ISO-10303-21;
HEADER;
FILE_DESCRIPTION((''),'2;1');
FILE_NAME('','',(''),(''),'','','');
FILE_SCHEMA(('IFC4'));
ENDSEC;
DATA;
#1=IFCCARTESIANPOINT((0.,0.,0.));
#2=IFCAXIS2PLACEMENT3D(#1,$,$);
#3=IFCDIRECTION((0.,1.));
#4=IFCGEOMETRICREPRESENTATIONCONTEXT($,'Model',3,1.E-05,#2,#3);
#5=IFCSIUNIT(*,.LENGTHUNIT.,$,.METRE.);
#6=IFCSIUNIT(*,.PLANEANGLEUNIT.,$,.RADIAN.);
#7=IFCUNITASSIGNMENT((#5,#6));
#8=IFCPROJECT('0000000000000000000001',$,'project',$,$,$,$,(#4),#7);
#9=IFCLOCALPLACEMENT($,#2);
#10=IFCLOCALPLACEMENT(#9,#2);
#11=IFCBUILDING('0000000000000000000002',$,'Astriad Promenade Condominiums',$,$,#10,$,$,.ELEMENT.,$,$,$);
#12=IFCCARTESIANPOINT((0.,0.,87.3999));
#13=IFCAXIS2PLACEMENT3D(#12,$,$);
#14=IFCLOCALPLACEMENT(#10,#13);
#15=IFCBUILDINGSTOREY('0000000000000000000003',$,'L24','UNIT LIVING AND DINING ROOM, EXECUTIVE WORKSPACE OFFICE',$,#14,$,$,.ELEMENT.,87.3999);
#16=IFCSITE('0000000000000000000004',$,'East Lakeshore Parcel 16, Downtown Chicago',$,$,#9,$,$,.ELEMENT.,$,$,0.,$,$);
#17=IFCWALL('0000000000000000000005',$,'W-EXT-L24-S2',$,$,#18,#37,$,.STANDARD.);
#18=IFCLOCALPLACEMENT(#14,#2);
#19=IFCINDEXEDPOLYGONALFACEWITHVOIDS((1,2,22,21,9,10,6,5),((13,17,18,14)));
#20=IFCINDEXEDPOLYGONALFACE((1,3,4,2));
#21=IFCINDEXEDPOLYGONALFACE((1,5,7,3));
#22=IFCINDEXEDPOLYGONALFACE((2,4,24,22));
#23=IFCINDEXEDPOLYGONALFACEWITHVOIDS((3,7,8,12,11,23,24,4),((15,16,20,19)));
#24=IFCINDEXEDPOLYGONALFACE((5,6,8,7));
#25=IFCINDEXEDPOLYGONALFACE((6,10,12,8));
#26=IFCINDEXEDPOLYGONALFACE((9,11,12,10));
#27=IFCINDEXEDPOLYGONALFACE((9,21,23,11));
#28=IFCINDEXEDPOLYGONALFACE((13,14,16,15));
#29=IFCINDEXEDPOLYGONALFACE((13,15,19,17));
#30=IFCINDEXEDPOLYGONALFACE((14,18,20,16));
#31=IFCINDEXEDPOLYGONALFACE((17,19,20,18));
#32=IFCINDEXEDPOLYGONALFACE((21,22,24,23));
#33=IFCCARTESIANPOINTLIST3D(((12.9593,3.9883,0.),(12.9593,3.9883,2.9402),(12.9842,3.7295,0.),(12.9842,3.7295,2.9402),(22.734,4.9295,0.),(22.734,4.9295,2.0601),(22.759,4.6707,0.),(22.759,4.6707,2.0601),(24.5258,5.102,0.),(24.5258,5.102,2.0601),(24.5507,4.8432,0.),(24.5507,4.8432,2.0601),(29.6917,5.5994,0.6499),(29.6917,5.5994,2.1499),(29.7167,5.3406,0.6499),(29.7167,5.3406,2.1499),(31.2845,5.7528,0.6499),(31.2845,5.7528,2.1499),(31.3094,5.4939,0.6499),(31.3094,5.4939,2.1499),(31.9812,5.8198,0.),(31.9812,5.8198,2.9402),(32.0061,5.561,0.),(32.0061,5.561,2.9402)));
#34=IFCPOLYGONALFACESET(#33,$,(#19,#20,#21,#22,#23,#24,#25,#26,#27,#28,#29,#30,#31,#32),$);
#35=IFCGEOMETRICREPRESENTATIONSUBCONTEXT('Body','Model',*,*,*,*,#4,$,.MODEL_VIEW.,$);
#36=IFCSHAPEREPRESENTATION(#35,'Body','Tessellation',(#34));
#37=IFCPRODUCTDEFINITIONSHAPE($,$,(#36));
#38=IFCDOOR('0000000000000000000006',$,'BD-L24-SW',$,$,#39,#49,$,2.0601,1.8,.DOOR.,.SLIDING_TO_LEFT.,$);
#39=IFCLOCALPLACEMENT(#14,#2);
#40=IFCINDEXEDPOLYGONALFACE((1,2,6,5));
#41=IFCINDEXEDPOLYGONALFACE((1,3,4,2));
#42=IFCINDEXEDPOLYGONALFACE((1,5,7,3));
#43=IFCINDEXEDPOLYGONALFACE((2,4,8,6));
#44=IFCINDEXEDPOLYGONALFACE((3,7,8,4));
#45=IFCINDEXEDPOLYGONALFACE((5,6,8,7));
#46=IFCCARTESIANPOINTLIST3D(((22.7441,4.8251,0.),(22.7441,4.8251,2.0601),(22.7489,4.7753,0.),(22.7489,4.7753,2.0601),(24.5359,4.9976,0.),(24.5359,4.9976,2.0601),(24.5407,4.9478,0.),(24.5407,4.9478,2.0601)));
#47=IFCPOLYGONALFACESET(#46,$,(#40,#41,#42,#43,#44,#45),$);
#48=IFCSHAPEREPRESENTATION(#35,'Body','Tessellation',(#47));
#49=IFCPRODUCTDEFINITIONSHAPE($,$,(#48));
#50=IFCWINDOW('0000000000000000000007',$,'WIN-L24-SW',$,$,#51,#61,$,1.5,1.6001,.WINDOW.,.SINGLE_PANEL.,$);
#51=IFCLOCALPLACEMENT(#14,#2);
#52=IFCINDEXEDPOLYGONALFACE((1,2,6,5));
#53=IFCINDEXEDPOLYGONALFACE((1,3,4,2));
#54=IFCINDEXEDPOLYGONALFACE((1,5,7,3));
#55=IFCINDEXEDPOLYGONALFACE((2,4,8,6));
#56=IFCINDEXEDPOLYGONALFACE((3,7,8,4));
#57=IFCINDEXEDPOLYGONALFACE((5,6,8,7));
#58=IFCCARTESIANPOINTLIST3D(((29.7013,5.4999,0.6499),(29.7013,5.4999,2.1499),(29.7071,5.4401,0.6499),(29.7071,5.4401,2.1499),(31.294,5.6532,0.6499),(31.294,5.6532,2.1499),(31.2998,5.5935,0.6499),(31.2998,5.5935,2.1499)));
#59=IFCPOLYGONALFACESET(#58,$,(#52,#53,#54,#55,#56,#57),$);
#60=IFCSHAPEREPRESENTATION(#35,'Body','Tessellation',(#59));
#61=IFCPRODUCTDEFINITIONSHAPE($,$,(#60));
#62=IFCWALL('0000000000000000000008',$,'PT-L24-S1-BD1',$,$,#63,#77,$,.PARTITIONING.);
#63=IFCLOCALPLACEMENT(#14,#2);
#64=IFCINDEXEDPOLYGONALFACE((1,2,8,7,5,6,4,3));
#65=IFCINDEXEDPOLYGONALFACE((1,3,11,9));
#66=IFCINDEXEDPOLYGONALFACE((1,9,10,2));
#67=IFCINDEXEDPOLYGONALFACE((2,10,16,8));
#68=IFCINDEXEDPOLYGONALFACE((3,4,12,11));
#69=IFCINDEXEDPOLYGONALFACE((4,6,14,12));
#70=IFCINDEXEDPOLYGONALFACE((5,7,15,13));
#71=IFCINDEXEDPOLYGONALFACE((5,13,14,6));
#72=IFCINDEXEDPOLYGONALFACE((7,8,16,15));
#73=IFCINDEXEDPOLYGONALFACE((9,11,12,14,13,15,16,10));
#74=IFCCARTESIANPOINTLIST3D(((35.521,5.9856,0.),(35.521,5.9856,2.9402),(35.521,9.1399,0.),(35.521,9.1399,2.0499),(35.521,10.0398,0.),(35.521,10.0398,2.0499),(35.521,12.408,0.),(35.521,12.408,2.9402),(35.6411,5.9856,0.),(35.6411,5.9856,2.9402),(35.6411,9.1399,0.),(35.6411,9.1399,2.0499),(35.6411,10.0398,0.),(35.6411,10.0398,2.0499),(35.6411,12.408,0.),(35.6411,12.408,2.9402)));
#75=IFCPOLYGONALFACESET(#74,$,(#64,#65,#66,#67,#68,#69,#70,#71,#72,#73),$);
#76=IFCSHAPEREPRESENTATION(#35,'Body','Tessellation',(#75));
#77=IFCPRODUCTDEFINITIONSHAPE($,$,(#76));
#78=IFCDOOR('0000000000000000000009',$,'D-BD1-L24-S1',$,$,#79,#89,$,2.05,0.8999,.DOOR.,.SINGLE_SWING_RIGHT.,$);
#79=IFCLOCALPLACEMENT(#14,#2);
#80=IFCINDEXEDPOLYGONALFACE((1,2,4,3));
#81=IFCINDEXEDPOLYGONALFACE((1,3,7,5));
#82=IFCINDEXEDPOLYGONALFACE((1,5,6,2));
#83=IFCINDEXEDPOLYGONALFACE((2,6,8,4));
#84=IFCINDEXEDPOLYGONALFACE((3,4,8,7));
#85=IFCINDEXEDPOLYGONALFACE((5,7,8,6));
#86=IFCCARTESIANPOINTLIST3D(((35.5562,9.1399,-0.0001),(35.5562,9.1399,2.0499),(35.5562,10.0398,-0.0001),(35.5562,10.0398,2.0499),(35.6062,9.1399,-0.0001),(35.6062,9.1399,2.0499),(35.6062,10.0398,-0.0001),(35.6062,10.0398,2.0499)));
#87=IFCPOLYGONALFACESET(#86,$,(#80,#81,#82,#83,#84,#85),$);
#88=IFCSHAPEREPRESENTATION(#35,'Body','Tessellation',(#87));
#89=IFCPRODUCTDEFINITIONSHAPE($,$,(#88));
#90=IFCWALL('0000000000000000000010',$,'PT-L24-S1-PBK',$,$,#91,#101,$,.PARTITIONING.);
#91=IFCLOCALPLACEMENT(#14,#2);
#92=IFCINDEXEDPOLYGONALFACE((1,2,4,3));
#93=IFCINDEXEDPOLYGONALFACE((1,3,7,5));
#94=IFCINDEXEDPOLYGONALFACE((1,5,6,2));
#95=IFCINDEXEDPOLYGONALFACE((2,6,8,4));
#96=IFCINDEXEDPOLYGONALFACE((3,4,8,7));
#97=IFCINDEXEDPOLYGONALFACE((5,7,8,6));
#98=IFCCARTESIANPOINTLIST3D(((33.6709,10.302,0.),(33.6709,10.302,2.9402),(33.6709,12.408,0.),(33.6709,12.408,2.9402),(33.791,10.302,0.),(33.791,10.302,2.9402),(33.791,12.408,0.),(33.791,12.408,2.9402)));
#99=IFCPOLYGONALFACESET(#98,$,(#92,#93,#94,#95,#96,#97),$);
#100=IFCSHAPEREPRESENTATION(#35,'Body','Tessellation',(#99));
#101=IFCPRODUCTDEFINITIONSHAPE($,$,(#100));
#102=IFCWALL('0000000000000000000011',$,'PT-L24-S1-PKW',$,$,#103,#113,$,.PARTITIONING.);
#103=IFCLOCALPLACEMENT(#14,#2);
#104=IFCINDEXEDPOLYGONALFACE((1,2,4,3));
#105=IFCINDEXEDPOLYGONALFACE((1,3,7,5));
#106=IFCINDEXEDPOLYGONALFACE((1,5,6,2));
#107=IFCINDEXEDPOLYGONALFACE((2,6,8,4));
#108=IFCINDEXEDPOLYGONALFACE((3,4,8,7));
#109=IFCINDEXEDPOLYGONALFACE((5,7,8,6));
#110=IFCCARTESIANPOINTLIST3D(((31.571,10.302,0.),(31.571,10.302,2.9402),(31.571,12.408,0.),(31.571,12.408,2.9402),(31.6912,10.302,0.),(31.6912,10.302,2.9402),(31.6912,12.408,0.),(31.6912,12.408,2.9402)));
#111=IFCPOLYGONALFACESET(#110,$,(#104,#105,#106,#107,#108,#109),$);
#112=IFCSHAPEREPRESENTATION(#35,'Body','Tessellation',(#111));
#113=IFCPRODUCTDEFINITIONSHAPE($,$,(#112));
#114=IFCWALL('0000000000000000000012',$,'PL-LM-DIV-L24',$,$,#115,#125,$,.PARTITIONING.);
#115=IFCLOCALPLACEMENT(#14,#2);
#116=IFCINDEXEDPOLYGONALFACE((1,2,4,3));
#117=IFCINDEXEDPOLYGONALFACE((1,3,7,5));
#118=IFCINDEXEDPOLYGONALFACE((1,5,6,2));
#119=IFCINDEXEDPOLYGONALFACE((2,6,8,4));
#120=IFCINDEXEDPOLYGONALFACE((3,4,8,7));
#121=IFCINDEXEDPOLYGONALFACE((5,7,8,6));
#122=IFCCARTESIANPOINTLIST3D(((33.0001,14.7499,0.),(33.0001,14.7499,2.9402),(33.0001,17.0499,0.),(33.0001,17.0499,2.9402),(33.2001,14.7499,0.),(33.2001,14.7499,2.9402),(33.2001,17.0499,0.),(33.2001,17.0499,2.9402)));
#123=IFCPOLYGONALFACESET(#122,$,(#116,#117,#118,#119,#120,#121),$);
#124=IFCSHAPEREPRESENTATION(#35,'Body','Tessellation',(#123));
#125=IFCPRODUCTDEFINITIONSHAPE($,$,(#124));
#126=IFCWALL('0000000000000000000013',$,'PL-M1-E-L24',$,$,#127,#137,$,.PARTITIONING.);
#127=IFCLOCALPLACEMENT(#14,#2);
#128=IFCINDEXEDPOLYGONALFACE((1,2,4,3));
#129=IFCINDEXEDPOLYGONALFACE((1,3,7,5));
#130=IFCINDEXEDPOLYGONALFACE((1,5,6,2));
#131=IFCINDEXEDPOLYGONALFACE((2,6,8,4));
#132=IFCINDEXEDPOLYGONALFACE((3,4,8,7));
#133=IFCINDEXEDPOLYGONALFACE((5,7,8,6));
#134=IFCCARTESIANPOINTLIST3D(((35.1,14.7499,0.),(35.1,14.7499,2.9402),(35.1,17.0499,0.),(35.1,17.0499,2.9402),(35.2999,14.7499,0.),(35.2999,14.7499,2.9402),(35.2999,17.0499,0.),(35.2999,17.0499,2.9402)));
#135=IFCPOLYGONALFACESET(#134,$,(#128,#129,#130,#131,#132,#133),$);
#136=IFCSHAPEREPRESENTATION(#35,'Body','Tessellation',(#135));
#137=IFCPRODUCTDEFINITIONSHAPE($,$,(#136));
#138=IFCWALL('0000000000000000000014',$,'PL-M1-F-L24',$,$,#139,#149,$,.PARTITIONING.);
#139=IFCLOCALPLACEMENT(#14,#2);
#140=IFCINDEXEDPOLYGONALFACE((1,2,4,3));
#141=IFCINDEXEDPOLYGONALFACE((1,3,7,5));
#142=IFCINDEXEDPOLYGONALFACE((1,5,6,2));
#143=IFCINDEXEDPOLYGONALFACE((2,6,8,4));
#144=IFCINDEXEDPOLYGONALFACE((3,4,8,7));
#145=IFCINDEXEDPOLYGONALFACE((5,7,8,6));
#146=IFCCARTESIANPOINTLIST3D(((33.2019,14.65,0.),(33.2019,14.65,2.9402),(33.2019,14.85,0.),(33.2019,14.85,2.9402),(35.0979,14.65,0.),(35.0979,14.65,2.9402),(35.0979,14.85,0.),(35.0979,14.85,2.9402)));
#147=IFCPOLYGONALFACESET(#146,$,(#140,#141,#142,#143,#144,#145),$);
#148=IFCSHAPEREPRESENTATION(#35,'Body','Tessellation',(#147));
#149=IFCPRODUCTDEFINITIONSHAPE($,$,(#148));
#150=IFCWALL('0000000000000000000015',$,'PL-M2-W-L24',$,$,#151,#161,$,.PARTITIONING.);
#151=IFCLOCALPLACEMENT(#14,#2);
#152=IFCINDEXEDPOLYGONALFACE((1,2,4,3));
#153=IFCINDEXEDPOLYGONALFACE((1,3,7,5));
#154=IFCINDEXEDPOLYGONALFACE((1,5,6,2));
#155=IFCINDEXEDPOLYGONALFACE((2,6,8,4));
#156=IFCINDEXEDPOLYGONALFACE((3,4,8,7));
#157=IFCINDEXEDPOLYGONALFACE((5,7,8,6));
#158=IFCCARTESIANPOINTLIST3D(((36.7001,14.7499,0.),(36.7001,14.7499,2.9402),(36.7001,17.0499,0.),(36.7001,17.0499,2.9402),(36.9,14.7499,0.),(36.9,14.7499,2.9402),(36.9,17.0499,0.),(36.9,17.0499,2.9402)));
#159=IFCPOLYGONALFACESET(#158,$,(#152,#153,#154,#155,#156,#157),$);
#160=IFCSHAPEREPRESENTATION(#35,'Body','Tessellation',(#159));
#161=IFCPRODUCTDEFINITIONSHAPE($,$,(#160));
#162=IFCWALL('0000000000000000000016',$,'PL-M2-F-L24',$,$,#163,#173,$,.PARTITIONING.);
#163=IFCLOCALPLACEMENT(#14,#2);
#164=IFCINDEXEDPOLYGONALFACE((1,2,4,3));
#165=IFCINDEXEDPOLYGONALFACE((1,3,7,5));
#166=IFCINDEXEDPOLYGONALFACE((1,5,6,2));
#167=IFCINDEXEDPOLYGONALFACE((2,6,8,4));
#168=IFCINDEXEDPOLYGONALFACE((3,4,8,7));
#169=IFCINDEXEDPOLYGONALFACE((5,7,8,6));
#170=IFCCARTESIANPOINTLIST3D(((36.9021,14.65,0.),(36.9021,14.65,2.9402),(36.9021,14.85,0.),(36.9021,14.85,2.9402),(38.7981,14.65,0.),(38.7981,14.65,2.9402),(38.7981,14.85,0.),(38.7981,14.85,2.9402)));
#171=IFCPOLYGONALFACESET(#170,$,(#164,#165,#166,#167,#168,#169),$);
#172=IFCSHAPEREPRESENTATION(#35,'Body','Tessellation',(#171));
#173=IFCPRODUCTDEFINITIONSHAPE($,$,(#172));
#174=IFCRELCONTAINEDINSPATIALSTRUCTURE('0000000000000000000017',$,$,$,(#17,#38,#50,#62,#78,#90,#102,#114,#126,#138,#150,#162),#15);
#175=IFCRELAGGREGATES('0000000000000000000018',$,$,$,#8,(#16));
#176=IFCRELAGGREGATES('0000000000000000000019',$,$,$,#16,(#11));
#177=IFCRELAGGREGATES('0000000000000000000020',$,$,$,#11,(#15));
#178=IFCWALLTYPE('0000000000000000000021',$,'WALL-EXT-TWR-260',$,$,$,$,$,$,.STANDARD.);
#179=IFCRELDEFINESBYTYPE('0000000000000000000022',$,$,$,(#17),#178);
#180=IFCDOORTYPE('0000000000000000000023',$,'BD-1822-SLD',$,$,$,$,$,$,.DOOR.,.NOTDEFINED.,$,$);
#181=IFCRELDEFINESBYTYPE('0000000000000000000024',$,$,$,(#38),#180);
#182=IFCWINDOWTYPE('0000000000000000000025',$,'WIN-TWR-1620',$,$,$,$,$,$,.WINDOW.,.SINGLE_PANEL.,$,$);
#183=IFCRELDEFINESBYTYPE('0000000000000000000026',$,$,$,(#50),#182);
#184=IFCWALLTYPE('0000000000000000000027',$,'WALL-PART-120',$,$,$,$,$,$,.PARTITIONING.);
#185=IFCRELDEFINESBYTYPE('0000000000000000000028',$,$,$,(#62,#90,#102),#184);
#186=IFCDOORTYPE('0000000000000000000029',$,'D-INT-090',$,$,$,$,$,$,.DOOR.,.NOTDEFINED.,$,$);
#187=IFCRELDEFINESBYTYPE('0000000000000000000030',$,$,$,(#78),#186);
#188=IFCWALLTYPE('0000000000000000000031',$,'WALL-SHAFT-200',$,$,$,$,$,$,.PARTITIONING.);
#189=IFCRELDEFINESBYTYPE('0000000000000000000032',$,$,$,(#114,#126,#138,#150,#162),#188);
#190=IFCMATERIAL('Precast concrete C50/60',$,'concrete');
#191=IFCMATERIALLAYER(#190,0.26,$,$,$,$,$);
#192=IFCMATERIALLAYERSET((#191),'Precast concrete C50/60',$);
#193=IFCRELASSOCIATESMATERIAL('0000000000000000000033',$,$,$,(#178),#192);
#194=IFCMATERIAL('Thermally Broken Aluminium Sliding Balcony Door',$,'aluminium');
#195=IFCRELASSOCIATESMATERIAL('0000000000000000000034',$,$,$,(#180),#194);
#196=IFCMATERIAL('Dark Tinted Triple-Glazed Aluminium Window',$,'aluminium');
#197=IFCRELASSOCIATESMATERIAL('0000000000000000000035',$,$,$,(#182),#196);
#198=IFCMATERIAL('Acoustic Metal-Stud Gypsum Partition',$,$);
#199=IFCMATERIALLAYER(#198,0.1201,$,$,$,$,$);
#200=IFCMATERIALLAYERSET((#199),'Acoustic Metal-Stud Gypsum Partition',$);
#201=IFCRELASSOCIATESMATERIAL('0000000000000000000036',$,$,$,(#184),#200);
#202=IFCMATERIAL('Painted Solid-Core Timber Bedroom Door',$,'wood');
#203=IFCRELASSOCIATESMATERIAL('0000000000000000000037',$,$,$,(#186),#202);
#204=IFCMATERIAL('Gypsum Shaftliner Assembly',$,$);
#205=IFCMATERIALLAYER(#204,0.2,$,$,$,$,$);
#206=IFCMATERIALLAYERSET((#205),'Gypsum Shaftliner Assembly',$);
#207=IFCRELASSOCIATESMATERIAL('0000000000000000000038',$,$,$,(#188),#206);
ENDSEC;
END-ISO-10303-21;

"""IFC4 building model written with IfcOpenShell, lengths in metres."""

from ifc_helpers import new_model, si_unit, direction, frame, frame_2d, origin, place, context, subcontext, project, spatial, rectangle, extrude, source, transform, mapped, material, layer, layer_set, type_object, type_shapes, element, fill, save


model = new_model("IFC4")

# Units and contexts
model_context = context("Model", 3, precision=1e-05, world=origin(), true_north=direction((0.0, 1.0)))
body_context = subcontext(model_context, "Body", "Model", "MODEL_VIEW")
ifc_project = project(units=[si_unit("LENGTHUNIT", "METRE"), si_unit("PLANEANGLEUNIT", "RADIAN")], contexts=[model_context])

# Site, building, storey
site_placement = place(None, origin())
site = spatial("IfcSite", under=ifc_project, at=site_placement, Name="East Lakeshore Parcel 16, Downtown Chicago", CompositionType="ELEMENT", RefElevation=0.0)
building_placement = place(site_placement, origin())
building = spatial("IfcBuilding", under=site, at=building_placement, Name="Astriad Promenade Condominiums", CompositionType="ELEMENT")
storey_placement = place(building_placement, frame((0.0, 0.0, 87.3999)))
storey = spatial("IfcBuildingStorey", under=building, at=storey_placement, Name="L24", Description="UNIT LIVING AND DINING ROOM, EXECUTIVE WORKSPACE OFFICE", CompositionType="ELEMENT", Elevation=87.3999)

# Wall, openings, door, window
ifc_material_1 = material(Name="Precast concrete C50/60", Category="concrete")
ifc_layer_1 = layer(ifc_material_1, 0.26)
ifc_layer_set_1 = layer_set([ifc_layer_1], Name="Precast concrete C50/60")
wall_type_1 = type_object("IfcWallType", Name="WALL-EXT-TWR-260", PredefinedType="STANDARD", material=ifc_layer_set_1)
wall_1_placement = place(storey_placement, frame((31.9937, 5.6904, 0.0), z_axis=(0.0, 0.0, 1.0), x_axis=(-0.995397, -0.095842, 0.0)))
wall_1 = element("IfcWall", 1, at=wall_1_placement, inside=storey, type_object=wall_type_1, Name="W-EXT-L24-S2", PredefinedType="STANDARD", context=body_context, shape_type="SweptSolid", body=[
    extrude(rectangle(XDim=19.1099, YDim=0.26, at=frame_2d((9.5549, 0.0))), origin(), (0.0, 0.0, 1.0), 2.9402),
])
opening_1_placement = place(wall_1_placement, frame((7.49, 0.0, 0.0)))
opening_1 = element("IfcOpeningElement", 2, at=opening_1_placement, cuts=wall_1, PredefinedType="OPENING", context=body_context, shape_type="SweptSolid", body=[
    extrude(rectangle(XDim=1.8, YDim=2.0601, at=frame_2d((0.8999, 1.03))), frame((0.0, 0.1399, 0.0), z_axis=(0.0, -1.0, 0.0), x_axis=(1.0, 0.0, 0.0)), (0.0, 0.0, 1.0), 0.28),
])
opening_2_placement = place(wall_1_placement, frame((0.7, 0.0, 0.6499)))
opening_2 = element("IfcOpeningElement", 3, at=opening_2_placement, cuts=wall_1, PredefinedType="OPENING", context=body_context, shape_type="SweptSolid", body=[
    extrude(rectangle(XDim=1.6001, YDim=1.5, at=frame_2d((0.8, 0.75))), frame((0.0, 0.1399, 0.0), z_axis=(0.0, -1.0, 0.0), x_axis=(1.0, 0.0, 0.0)), (0.0, 0.0, 1.0), 0.28),
])
ifc_material_2 = material(Name="Thermally Broken Aluminium Sliding Balcony Door", Category="aluminium")
door_type_1 = type_object("IfcDoorType", Name="BD-1822-SLD", OperationType="NOTDEFINED", PredefinedType="DOOR", material=ifc_material_2)
shared_shape_1 = source(origin(), body_context, "Body", "SweptSolid", [
    extrude(rectangle(XDim=1.8, YDim=2.0601, at=frame_2d((0.8999, 1.03))), frame((0.0, 0.0249, 0.0), z_axis=(0.0, -1.0, 0.0), x_axis=(1.0, 0.0, 0.0)), (0.0, 0.0, 1.0), 0.05),
])
type_shapes(door_type_1, [shared_shape_1])
door_1_placement = place(opening_1_placement, origin())
door_1 = element("IfcDoor", 4, at=door_1_placement, inside=storey, type_object=door_type_1, Name="BD-L24-SW", OperationType="SLIDING_TO_LEFT", OverallHeight=2.0601, OverallWidth=1.8, PredefinedType="DOOR", context=body_context, shape_type="MappedRepresentation", body=[
    mapped(shared_shape_1, transform((0.0, 0.0, 0.0), scale=1.0)),
])
fill(opening_1, door_1)
ifc_material_3 = material(Name="Dark Tinted Triple-Glazed Aluminium Window", Category="aluminium")
window_type = type_object("IfcWindowType", Name="WIN-TWR-1620", PartitioningType="SINGLE_PANEL", PredefinedType="WINDOW", material=ifc_material_3)
shared_shape_2 = source(origin(), body_context, "Body", "SweptSolid", [
    extrude(rectangle(XDim=1.6001, YDim=1.5, at=frame_2d((0.8, 0.75))), frame((0.0, 0.03, 0.0), z_axis=(0.0, -1.0, 0.0), x_axis=(1.0, 0.0, 0.0)), (0.0, 0.0, 1.0), 0.0601),
])
type_shapes(window_type, [shared_shape_2])
window_placement = place(opening_2_placement, origin())
window = element("IfcWindow", 5, at=window_placement, inside=storey, type_object=window_type, Name="WIN-L24-SW", OverallHeight=1.5, OverallWidth=1.6001, PartitioningType="SINGLE_PANEL", PredefinedType="WINDOW", context=body_context, shape_type="MappedRepresentation", body=[
    mapped(shared_shape_2, transform((0.0, 0.0, 0.0), scale=1.0)),
])
fill(opening_2, window)

# Wall, opening, door
ifc_material_4 = material(Name="Acoustic Metal-Stud Gypsum Partition")
ifc_layer_2 = layer(ifc_material_4, 0.1201)
ifc_layer_set_2 = layer_set([ifc_layer_2], Name="Acoustic Metal-Stud Gypsum Partition")
wall_type_2 = type_object("IfcWallType", Name="WALL-PART-120", PredefinedType="PARTITIONING", material=ifc_layer_set_2)
wall_2_placement = place(storey_placement, frame((35.5811, 5.9856, 0.0), z_axis=(0.0, 0.0, 1.0), x_axis=(0.0, 1.0, 0.0)))
wall_2 = element("IfcWall", 6, at=wall_2_placement, inside=storey, type_object=wall_type_2, Name="PT-L24-S1-BD1", PredefinedType="PARTITIONING", context=body_context, shape_type="SweptSolid", body=[
    extrude(rectangle(XDim=6.4224, YDim=0.1201, at=frame_2d((3.2112, 0.0))), origin(), (0.0, 0.0, 1.0), 2.9402),
])
opening_3_placement = place(wall_2_placement, frame((3.1543, 0.0, 0.0)))
opening_3 = element("IfcOpeningElement", 7, at=opening_3_placement, cuts=wall_2, PredefinedType="OPENING", context=body_context, shape_type="SweptSolid", body=[
    extrude(rectangle(XDim=0.8999, YDim=2.05, at=frame_2d((0.45, 1.0249))), frame((0.0, 0.0701, 0.0), z_axis=(0.0, -1.0, 0.0), x_axis=(1.0, 0.0, 0.0)), (0.0, 0.0, 1.0), 0.1401),
])
ifc_material_5 = material(Name="Painted Solid-Core Timber Bedroom Door", Category="wood")
door_type_2 = type_object("IfcDoorType", Name="D-INT-090", OperationType="NOTDEFINED", PredefinedType="DOOR", material=ifc_material_5)
shared_shape_3 = source(origin(), body_context, "Body", "SweptSolid", [
    extrude(rectangle(XDim=0.8999, YDim=2.05, at=frame_2d((0.45, 1.0249))), frame((0.0, 0.0249, 0.0), z_axis=(0.0, -1.0, 0.0), x_axis=(1.0, 0.0, 0.0)), (0.0, 0.0, 1.0), 0.05),
])
type_shapes(door_type_2, [shared_shape_3])
door_2_placement = place(opening_3_placement, origin())
door_2 = element("IfcDoor", 8, at=door_2_placement, inside=storey, type_object=door_type_2, Name="D-BD1-L24-S1", OperationType="SINGLE_SWING_RIGHT", OverallHeight=2.05, OverallWidth=0.8999, PredefinedType="DOOR", context=body_context, shape_type="MappedRepresentation", body=[
    mapped(shared_shape_3, transform((0.0, 0.0, 0.0), scale=1.0)),
])
fill(opening_3, door_2)

# Walls
for number, where, z_axis, x_axis, name in (
    (9, (33.731, 10.302, 0.0), (0.0, 0.0, 1.0), (0.0, 1.0, 0.0), "PT-L24-S1-PBK"),
    (10, (31.6311, 10.302, 0.0), (0.0, 0.0, 1.0), (0.0, 1.0, 0.0), "PT-L24-S1-PKW"),
):
    element("IfcWall", number, at=place(storey_placement, frame(where, z_axis=z_axis, x_axis=x_axis)), inside=storey, type_object=wall_type_2, Name=name, PredefinedType="PARTITIONING", context=body_context, shape_type="SweptSolid", body=[
        extrude(rectangle(XDim=2.106, YDim=0.1201, at=frame_2d((1.053, 0.0))), origin(), (0.0, 0.0, 1.0), 2.9402),
    ])
ifc_material_6 = material(Name="Gypsum Shaftliner Assembly")
ifc_layer_3 = layer(ifc_material_6, 0.2)
ifc_layer_set_3 = layer_set([ifc_layer_3], Name="Gypsum Shaftliner Assembly")
wall_type_3 = type_object("IfcWallType", Name="WALL-SHAFT-200", PredefinedType="PARTITIONING", material=ifc_layer_set_3)
for number, where, z_axis, x_axis, name in (
    (11, (33.1001, 14.75, 0.0), (0.0, 0.0, 1.0), (0.0, 1.0, 0.0), "PL-LM-DIV-L24"),
    (12, (35.2, 14.75, 0.0), (0.0, 0.0, 1.0), (0.0, 1.0, 0.0), "PL-M1-E-L24"),
):
    element("IfcWall", number, at=place(storey_placement, frame(where, z_axis=z_axis, x_axis=x_axis)), inside=storey, type_object=wall_type_3, Name=name, PredefinedType="PARTITIONING", context=body_context, shape_type="SweptSolid", body=[
        extrude(rectangle(XDim=2.3, YDim=0.2, at=frame_2d((1.1499, 0.0))), origin(), (0.0, 0.0, 1.0), 2.9402),
    ])
wall_3_placement = place(storey_placement, frame((33.2019, 14.75, 0.0), z_axis=(0.0, 0.0, 1.0), x_axis=(1.0, 0.0, 0.0)))
element("IfcWall", 13, at=wall_3_placement, inside=storey, type_object=wall_type_3, Name="PL-M1-F-L24", PredefinedType="PARTITIONING", context=body_context, shape_type="SweptSolid", body=[
    extrude(rectangle(XDim=1.896, YDim=0.2, at=frame_2d((0.948, 0.0))), origin(), (0.0, 0.0, 1.0), 2.9402),
])
wall_4_placement = place(storey_placement, frame((36.8, 14.75, 0.0), z_axis=(0.0, 0.0, 1.0), x_axis=(0.0, 1.0, 0.0)))
element("IfcWall", 14, at=wall_4_placement, inside=storey, type_object=wall_type_3, Name="PL-M2-W-L24", PredefinedType="PARTITIONING", context=body_context, shape_type="SweptSolid", body=[
    extrude(rectangle(XDim=2.3, YDim=0.2, at=frame_2d((1.1499, 0.0))), origin(), (0.0, 0.0, 1.0), 2.9402),
])
wall_5_placement = place(storey_placement, frame((36.9021, 14.75, 0.0), z_axis=(0.0, 0.0, 1.0), x_axis=(1.0, 0.0, 0.0)))
element("IfcWall", 15, at=wall_5_placement, inside=storey, type_object=wall_type_3, Name="PL-M2-F-L24", PredefinedType="PARTITIONING", context=body_context, shape_type="SweptSolid", body=[
    extrude(rectangle(XDim=1.896, YDim=0.2, at=frame_2d((0.948, 0.0))), origin(), (0.0, 0.0, 1.0), 2.9402),
])

save(model, "model.ifc")
